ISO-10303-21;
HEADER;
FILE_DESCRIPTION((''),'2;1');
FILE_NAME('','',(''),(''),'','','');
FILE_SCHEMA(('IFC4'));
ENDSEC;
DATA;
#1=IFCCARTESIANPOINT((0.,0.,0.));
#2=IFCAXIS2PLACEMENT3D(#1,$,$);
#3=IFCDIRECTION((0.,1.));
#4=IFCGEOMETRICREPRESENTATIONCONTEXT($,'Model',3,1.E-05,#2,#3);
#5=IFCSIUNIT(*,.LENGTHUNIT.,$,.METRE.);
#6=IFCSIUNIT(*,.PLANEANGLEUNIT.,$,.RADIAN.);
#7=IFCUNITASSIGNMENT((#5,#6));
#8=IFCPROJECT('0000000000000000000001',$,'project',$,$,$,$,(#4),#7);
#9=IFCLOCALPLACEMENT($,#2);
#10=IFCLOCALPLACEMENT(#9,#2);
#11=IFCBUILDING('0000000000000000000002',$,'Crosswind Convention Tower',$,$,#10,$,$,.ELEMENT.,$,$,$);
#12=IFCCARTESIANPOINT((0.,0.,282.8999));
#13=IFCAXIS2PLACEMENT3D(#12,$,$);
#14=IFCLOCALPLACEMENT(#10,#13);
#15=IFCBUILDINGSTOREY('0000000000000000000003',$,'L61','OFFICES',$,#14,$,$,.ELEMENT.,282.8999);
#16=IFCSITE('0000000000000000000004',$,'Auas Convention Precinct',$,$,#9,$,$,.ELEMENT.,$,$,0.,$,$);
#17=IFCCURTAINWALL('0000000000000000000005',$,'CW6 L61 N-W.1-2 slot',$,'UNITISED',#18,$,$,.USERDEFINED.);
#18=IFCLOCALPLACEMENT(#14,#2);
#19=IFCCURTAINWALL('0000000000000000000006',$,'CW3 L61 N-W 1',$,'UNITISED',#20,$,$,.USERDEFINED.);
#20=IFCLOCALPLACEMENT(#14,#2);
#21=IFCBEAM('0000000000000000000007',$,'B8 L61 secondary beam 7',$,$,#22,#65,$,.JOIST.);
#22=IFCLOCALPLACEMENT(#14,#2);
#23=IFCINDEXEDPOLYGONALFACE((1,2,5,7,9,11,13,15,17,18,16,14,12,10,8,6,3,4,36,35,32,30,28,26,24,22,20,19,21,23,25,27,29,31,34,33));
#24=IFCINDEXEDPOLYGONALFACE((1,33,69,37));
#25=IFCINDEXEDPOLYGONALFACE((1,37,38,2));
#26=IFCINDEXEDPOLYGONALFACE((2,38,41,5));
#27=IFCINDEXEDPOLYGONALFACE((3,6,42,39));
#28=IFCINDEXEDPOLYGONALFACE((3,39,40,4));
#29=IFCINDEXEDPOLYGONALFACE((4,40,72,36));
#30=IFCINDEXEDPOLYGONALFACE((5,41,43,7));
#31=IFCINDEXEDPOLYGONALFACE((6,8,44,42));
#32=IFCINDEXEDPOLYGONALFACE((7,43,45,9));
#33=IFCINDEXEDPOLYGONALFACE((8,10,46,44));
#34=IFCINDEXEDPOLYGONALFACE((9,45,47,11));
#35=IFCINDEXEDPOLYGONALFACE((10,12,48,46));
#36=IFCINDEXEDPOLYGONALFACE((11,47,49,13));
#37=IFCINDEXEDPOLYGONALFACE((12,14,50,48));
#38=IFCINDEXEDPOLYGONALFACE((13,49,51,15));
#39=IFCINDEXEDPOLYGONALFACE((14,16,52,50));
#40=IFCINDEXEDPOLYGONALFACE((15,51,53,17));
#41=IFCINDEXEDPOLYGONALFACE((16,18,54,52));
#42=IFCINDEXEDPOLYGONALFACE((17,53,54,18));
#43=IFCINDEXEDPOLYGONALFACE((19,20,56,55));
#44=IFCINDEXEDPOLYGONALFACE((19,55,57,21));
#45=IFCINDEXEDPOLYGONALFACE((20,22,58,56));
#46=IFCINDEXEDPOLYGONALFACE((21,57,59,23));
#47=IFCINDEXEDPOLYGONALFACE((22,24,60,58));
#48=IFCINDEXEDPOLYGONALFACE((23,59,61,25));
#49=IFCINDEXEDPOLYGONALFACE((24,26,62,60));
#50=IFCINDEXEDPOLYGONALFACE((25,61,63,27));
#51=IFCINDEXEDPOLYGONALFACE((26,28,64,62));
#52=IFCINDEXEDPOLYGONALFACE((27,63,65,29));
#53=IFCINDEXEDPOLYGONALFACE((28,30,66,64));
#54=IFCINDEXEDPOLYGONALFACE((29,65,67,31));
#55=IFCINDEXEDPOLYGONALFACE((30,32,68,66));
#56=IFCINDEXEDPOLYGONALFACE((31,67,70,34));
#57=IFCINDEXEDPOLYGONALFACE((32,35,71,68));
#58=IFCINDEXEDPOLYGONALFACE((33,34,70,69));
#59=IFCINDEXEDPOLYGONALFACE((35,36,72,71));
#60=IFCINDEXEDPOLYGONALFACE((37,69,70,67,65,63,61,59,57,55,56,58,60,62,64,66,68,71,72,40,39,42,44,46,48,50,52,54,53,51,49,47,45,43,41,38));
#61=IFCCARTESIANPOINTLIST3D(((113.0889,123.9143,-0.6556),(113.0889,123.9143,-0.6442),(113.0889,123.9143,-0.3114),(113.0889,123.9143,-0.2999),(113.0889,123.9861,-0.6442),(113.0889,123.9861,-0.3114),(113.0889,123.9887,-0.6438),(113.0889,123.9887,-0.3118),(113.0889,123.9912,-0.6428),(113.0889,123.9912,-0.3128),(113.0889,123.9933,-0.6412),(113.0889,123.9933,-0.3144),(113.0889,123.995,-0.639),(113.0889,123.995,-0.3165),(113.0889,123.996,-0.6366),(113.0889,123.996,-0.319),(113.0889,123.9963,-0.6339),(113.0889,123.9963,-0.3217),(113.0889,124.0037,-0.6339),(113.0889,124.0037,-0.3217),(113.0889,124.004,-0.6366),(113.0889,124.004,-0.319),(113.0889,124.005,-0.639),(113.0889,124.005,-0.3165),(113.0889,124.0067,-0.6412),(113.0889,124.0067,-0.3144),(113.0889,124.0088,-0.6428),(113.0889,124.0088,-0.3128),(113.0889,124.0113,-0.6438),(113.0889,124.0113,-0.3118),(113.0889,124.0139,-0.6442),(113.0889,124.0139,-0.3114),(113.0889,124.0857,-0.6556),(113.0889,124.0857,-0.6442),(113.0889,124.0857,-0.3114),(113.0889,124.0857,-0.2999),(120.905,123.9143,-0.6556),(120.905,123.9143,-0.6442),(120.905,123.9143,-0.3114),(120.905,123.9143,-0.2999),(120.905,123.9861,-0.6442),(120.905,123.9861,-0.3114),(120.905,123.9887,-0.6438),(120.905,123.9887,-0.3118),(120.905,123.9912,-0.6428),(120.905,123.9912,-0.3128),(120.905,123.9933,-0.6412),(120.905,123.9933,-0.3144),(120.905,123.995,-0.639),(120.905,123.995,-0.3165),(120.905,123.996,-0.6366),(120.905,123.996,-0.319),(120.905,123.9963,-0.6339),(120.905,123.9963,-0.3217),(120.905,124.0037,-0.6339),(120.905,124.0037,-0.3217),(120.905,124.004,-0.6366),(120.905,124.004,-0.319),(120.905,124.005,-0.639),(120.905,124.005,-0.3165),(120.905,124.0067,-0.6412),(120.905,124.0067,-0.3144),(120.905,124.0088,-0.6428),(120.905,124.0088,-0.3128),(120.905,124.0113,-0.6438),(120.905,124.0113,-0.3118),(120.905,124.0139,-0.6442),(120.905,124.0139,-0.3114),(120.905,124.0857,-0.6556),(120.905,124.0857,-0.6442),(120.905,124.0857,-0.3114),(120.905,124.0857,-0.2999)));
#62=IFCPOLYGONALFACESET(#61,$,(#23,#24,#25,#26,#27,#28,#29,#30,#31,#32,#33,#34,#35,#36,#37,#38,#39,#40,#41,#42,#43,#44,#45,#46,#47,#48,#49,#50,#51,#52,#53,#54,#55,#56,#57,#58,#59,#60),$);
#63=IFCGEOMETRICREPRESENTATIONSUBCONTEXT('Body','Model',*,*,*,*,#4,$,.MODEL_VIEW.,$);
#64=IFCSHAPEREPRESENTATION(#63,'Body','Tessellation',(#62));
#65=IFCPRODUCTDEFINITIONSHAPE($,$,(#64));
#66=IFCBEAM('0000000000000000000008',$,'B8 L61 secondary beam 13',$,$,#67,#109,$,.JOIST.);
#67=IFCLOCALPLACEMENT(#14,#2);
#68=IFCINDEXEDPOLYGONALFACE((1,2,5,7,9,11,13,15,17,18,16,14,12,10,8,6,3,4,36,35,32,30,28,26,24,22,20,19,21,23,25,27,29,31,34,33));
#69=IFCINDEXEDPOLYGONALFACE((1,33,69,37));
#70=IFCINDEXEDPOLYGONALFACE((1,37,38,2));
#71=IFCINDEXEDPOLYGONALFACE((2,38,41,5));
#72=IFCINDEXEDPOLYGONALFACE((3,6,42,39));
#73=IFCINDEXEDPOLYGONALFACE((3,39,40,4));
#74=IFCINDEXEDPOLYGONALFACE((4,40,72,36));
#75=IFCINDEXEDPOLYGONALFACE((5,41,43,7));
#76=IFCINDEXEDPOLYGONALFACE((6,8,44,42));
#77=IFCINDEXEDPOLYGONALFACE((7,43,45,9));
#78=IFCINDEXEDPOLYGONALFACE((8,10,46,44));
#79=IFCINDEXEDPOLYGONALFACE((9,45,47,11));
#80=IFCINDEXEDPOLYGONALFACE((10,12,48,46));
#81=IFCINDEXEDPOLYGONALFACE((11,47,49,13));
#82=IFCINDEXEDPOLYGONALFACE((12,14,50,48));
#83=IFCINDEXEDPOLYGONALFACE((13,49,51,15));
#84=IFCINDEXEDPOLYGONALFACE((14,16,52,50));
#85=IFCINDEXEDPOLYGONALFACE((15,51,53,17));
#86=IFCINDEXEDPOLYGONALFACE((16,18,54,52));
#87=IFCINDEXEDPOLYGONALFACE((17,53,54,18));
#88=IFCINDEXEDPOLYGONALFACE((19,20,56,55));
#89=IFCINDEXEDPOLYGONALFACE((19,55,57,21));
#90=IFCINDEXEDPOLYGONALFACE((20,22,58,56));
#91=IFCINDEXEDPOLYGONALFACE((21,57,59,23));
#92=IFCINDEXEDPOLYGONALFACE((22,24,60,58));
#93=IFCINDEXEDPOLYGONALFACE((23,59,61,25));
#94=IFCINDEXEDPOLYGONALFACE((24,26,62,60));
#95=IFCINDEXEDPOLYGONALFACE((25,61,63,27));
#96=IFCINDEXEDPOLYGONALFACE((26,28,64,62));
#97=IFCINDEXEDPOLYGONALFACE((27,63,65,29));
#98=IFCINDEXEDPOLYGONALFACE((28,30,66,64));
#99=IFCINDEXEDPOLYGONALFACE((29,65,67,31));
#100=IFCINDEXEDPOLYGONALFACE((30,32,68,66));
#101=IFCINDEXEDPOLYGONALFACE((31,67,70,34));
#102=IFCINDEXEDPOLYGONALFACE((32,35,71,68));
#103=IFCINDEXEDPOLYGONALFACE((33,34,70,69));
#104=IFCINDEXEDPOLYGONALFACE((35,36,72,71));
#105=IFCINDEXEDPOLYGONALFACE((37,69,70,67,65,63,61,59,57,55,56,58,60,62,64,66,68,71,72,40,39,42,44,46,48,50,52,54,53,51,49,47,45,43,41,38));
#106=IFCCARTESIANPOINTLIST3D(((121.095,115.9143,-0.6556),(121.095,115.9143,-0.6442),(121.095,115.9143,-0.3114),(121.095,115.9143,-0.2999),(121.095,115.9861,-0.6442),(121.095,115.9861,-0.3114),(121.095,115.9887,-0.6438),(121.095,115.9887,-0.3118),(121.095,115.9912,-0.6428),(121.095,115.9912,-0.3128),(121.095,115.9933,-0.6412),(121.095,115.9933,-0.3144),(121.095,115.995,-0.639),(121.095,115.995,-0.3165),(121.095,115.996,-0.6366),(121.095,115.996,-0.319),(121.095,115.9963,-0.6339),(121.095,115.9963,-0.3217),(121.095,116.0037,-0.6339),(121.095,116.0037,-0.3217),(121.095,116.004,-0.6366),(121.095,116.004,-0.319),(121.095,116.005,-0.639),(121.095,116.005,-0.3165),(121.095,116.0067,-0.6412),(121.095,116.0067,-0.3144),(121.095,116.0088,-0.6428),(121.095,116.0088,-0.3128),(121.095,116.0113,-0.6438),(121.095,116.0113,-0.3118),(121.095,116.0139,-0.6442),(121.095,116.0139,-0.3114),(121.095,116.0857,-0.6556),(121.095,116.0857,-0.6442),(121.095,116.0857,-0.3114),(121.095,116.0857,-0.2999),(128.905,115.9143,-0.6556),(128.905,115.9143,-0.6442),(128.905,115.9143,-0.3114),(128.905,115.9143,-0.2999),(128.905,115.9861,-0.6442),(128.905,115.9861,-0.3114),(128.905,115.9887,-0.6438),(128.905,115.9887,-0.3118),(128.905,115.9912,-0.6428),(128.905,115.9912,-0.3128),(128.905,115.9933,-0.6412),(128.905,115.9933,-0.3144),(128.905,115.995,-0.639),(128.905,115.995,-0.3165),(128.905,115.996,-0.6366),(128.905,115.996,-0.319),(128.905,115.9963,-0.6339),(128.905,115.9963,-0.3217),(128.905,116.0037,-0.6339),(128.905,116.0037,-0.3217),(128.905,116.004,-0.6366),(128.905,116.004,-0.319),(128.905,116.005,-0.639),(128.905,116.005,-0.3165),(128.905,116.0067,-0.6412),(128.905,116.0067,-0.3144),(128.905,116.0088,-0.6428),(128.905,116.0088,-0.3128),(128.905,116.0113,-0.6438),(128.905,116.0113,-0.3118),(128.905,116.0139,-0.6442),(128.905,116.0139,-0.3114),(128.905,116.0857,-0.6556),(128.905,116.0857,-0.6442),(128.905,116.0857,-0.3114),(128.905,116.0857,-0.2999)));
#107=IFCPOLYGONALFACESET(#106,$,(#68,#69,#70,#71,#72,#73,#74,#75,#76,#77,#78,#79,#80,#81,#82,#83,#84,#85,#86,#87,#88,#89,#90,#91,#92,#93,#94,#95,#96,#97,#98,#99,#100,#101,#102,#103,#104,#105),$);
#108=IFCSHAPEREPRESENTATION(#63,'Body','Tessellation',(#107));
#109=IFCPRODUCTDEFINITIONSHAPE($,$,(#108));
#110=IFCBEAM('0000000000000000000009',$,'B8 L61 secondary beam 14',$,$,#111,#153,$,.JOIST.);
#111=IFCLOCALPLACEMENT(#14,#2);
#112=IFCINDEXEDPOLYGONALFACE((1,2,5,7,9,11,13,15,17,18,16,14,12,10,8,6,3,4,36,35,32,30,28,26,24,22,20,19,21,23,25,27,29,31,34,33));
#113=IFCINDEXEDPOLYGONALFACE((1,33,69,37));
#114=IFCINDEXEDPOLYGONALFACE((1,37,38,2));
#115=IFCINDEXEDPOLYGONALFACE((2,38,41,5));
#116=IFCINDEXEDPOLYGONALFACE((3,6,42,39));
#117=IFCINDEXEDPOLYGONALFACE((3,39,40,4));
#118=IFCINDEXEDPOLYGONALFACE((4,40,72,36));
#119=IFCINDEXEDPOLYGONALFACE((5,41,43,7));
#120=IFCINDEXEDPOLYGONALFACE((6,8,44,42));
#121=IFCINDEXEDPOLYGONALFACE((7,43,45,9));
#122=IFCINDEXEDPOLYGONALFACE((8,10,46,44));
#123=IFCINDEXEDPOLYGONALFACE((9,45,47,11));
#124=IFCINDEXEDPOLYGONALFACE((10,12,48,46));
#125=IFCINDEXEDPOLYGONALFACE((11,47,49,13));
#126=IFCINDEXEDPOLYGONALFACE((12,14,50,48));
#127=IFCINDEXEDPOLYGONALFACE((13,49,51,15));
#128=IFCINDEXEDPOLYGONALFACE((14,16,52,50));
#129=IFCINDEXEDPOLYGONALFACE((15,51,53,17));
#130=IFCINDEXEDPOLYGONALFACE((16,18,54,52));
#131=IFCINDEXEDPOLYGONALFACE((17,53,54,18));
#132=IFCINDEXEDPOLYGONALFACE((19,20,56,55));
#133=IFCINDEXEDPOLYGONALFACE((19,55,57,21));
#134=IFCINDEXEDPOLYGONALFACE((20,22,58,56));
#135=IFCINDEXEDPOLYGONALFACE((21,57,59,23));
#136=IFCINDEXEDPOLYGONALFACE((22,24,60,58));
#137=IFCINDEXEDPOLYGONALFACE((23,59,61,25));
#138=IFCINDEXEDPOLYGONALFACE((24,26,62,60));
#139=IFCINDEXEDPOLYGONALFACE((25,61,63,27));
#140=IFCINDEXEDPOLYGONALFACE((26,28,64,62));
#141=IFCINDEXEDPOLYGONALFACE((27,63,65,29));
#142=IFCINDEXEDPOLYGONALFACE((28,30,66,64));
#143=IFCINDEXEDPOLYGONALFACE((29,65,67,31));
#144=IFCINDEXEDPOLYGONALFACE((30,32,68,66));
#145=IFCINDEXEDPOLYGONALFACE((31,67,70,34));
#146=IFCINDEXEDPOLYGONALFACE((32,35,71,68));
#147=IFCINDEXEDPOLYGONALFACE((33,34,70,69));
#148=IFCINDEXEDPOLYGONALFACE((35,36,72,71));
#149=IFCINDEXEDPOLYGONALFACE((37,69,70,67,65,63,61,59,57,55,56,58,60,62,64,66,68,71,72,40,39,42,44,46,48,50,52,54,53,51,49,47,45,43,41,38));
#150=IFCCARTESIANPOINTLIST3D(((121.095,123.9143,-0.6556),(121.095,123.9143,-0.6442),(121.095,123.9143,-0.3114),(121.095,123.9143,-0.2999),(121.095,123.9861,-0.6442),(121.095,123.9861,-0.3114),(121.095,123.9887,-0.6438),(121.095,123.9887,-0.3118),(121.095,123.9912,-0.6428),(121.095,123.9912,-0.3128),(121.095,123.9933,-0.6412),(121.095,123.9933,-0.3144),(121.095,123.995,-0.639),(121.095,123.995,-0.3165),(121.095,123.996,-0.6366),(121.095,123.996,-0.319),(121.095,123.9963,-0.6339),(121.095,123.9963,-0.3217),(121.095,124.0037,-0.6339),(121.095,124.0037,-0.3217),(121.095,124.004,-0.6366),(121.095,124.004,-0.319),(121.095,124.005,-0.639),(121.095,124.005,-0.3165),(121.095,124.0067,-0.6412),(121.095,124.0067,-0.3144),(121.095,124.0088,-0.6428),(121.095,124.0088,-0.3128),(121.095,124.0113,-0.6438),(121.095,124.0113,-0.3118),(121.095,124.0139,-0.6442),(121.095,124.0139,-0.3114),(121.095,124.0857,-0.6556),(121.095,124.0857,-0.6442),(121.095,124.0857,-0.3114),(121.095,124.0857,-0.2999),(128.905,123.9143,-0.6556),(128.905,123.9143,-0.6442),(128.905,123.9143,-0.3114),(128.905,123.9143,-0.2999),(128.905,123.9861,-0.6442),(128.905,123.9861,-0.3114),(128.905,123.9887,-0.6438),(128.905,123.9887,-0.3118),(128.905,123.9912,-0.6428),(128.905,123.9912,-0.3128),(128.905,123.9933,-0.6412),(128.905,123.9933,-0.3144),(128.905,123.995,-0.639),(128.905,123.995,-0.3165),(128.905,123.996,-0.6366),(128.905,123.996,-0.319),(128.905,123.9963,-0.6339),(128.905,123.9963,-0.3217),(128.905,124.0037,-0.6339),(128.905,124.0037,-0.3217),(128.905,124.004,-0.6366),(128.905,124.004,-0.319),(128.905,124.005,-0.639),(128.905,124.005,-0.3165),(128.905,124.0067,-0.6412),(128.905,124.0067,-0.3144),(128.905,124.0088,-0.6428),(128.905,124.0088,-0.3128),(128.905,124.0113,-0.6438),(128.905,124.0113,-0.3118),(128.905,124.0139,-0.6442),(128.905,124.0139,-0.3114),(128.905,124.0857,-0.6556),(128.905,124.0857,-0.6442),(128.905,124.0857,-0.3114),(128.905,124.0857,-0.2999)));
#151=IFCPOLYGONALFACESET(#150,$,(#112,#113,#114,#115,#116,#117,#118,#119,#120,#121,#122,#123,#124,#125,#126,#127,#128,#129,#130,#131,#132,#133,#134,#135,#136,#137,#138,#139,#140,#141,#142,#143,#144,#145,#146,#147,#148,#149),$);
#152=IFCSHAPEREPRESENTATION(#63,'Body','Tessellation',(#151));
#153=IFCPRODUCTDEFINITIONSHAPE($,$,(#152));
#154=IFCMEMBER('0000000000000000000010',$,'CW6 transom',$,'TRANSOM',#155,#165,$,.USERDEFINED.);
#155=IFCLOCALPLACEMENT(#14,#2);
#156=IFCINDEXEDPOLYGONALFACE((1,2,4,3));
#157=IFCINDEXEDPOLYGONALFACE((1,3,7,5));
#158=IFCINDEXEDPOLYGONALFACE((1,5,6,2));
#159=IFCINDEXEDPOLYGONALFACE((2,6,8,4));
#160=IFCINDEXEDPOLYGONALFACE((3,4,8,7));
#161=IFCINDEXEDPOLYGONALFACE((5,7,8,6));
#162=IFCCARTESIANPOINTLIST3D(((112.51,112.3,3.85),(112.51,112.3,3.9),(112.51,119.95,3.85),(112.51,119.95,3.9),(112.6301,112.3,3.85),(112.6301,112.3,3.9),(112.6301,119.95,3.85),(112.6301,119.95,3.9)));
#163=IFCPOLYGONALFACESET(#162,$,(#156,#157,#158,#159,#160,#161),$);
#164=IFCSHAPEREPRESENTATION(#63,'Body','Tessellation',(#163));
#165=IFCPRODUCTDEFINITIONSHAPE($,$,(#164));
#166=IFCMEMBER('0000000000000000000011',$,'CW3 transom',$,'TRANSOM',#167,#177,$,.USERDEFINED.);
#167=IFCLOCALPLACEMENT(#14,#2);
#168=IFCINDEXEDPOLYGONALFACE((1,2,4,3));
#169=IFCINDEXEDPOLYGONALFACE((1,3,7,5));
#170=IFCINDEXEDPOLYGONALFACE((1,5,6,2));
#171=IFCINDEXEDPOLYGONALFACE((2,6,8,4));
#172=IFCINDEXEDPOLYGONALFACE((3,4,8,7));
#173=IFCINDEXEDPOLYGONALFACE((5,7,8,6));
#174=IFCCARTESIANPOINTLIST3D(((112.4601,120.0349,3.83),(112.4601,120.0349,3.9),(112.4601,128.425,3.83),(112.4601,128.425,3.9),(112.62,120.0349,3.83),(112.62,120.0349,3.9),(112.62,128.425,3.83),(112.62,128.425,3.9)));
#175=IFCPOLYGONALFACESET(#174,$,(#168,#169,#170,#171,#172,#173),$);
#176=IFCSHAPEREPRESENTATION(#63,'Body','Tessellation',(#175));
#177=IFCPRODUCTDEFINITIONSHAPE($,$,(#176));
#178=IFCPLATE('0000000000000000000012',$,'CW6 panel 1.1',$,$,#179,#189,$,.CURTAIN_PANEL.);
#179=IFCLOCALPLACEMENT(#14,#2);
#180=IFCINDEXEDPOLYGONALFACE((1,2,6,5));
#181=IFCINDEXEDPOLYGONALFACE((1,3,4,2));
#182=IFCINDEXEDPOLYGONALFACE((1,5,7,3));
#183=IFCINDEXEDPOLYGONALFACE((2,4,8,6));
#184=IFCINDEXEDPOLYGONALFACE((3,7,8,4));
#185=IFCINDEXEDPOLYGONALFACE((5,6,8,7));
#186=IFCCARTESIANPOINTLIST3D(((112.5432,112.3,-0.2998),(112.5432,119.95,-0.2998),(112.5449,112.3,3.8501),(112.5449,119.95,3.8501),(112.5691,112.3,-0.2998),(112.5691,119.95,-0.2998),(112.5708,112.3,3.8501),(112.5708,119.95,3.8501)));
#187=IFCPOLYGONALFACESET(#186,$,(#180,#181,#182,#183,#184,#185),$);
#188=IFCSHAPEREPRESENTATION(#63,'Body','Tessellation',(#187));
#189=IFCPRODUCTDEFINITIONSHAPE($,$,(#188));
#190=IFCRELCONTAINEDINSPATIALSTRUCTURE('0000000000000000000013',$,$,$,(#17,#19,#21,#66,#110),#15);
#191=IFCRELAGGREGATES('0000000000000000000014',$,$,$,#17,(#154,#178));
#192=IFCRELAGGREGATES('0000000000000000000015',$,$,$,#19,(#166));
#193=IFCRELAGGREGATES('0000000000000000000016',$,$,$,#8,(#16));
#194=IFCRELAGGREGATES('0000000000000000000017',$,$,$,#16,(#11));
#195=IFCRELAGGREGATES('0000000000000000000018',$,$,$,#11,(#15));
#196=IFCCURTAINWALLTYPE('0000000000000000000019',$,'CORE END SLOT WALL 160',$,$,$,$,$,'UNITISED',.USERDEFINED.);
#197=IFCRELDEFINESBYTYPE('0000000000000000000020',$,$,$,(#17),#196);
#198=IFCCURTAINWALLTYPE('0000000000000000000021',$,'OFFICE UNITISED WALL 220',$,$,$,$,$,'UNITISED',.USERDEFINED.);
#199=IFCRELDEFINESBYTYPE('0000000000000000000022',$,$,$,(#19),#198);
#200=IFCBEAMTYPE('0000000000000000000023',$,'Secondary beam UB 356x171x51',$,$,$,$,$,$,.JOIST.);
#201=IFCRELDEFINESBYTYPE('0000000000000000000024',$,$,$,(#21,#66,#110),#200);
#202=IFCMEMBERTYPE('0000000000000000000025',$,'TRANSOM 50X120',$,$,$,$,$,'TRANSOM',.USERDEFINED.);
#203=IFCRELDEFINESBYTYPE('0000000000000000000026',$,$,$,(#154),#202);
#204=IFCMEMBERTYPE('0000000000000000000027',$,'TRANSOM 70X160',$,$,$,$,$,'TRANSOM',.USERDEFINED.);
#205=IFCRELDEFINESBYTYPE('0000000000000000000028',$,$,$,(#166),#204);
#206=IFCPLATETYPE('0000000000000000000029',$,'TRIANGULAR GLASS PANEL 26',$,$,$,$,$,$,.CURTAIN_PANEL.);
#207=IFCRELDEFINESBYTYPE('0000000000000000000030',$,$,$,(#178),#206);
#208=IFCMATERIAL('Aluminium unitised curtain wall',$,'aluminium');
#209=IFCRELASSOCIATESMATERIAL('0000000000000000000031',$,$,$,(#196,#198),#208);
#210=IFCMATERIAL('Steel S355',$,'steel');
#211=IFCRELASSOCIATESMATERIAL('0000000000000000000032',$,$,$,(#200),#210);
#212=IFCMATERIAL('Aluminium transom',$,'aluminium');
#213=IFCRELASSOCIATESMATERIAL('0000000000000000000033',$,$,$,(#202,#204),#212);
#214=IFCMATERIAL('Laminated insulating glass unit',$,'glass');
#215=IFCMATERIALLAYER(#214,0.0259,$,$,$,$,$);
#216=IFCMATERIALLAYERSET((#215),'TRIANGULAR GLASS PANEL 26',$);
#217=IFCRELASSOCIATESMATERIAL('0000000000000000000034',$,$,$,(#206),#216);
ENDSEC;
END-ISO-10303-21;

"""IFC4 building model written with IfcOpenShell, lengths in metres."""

from ifc_helpers import new_model, si_unit, direction, frame, origin, origin_2d, place, context, subcontext, project, spatial, polyline, rectangle, i_section, outline, extrude, material, layer, layer_set, material_profile, profile_set, type_object, element, aggregate, save


model = new_model("IFC4")

# Units and contexts
model_context = context("Model", 3, precision=1e-05, world=origin(), true_north=direction((0.0, 1.0)))
body_context = subcontext(model_context, "Body", "Model", "MODEL_VIEW")
ifc_project = project(units=[si_unit("LENGTHUNIT", "METRE"), si_unit("PLANEANGLEUNIT", "RADIAN")], contexts=[model_context])

# Site, building, storey
site_placement = place(None, origin())
site = spatial("IfcSite", under=ifc_project, at=site_placement, Name="Auas Convention Precinct", CompositionType="ELEMENT", RefElevation=0.0)
building_placement = place(site_placement, origin())
building = spatial("IfcBuilding", under=site, at=building_placement, Name="Crosswind Convention Tower", CompositionType="ELEMENT")
storey_placement = place(building_placement, frame((0.0, 0.0, 282.8999)))
storey = spatial("IfcBuildingStorey", under=building, at=storey_placement, Name="L61", Description="OFFICES", CompositionType="ELEMENT", Elevation=282.8999)

# Shared definitions
ifc_material_1 = material(Name="Steel S355", Category="steel")

# Curtain wall
ifc_material_2 = material(Name="Aluminium unitised curtain wall", Category="aluminium")
curtain_wall_type_1 = type_object("IfcCurtainWallType", Name="CORE END SLOT WALL 160", ElementType="UNITISED", PredefinedType="USERDEFINED", material=ifc_material_2)
curtain_wall_1_placement = place(storey_placement, origin())
curtain_wall_1 = element("IfcCurtainWall", 1, at=curtain_wall_1_placement, inside=storey, type_object=curtain_wall_type_1, Name="CW6 L61 N-W.1-2 slot", ObjectType="UNITISED", PredefinedType="USERDEFINED")
curtain_wall_type_2 = type_object("IfcCurtainWallType", Name="OFFICE UNITISED WALL 220", ElementType="UNITISED", PredefinedType="USERDEFINED", material=ifc_material_2)

# Curtain wall
curtain_wall_2_placement = place(storey_placement, origin())
curtain_wall_2 = element("IfcCurtainWall", 2, at=curtain_wall_2_placement, inside=storey, type_object=curtain_wall_type_2, Name="CW3 L61 N-W 1", ObjectType="UNITISED", PredefinedType="USERDEFINED")

# Beams
ifc_material_profile_1 = material_profile(ifc_material_1, i_section(OverallWidth=0.1714, OverallDepth=0.3557, WebThickness=0.0073, FlangeThickness=0.0115, FilletRadius=0.0103, at=origin_2d()), Name="UB 356x171x51")
ifc_profile_set_1 = profile_set([ifc_material_profile_1], Name="Steel S355")
beam_type_1 = type_object("IfcBeamType", Name="Secondary beam UB 356x171x51", PredefinedType="JOIST", material=ifc_profile_set_1)
for number, where, z_axis, x_axis, name in (
    (3, (113.0889, 124.0, -0.4778), (1.0, 0.0, 0.0), (0.0, 1.0, 0.0), "B8 L61 secondary beam 7"),
):
    element("IfcBeam", number, at=place(storey_placement, frame(where, z_axis=z_axis, x_axis=x_axis)), inside=storey, type_object=beam_type_1, Name=name, PredefinedType="JOIST", context=body_context, shape_type="SweptSolid", body=[
        extrude(i_section(OverallWidth=0.1714, OverallDepth=0.3557, WebThickness=0.0073, FlangeThickness=0.0115, FilletRadius=0.0103, at=origin_2d()), origin(), (0.0, 0.0, 1.0), 7.8162),
    ])
for number, where, z_axis, x_axis, name in (
    (4, (121.095, 116.0, -0.4778), (1.0, 0.0, 0.0), (0.0, 1.0, 0.0), "B8 L61 secondary beam 13"),
    (5, (121.095, 124.0, -0.4778), (1.0, 0.0, 0.0), (0.0, 1.0, 0.0), "B8 L61 secondary beam 14"),
):
    element("IfcBeam", number, at=place(storey_placement, frame(where, z_axis=z_axis, x_axis=x_axis)), inside=storey, type_object=beam_type_1, Name=name, PredefinedType="JOIST", context=body_context, shape_type="SweptSolid", body=[
        extrude(i_section(OverallWidth=0.1714, OverallDepth=0.3557, WebThickness=0.0073, FlangeThickness=0.0115, FilletRadius=0.0103, at=origin_2d()), origin(), (0.0, 0.0, 1.0), 7.8101),
    ])

# Members
ifc_material_3 = material(Name="Aluminium transom", Category="aluminium")
ifc_material_profile_2 = material_profile(ifc_material_3, rectangle(XDim=0.1201, YDim=0.05, at=origin_2d()), Name="AL 120X50")
ifc_profile_set_2 = profile_set([ifc_material_profile_2], Name="Aluminium transom")
member_type_1 = type_object("IfcMemberType", Name="TRANSOM 50X120", ElementType="TRANSOM", PredefinedType="USERDEFINED", material=ifc_profile_set_2)
member_1_placement = place(storey_placement, frame((112.5701, 119.95, 3.875), z_axis=(0.0, -1.0, 0.0), x_axis=(1.0, 0.0, 0.0)))
member_1 = element("IfcMember", 6, at=member_1_placement, type_object=member_type_1, Name="CW6 transom", ObjectType="TRANSOM", PredefinedType="USERDEFINED", context=body_context, shape_type="SweptSolid", body=[
    extrude(rectangle(XDim=0.1201, YDim=0.05, at=origin_2d()), origin(), (0.0, 0.0, 1.0), 7.6499),
])
ifc_material_profile_3 = material_profile(ifc_material_3, rectangle(XDim=0.1599, YDim=0.0701, at=origin_2d()), Name="AL 160X70")
ifc_profile_set_3 = profile_set([ifc_material_profile_3], Name="Aluminium transom")
member_type_2 = type_object("IfcMemberType", Name="TRANSOM 70X160", ElementType="TRANSOM", PredefinedType="USERDEFINED", material=ifc_profile_set_3)
member_2_placement = place(storey_placement, frame((112.54, 128.425, 3.865), z_axis=(0.0, -1.0, 0.0), x_axis=(1.0, 0.0, 0.0)))
member_2 = element("IfcMember", 7, at=member_2_placement, type_object=member_type_2, Name="CW3 transom", ObjectType="TRANSOM", PredefinedType="USERDEFINED", context=body_context, shape_type="SweptSolid", body=[
    extrude(rectangle(XDim=0.1599, YDim=0.0701, at=origin_2d()), origin(), (0.0, 0.0, 1.0), 8.3901),
])

# Plate
ifc_material_4 = material(Name="Laminated insulating glass unit", Category="glass")
ifc_layer_1 = layer(ifc_material_4, 0.0259)
ifc_layer_set_1 = layer_set([ifc_layer_1], Name="TRIANGULAR GLASS PANEL 26")
plate_type_1 = type_object("IfcPlateType", Name="TRIANGULAR GLASS PANEL 26", PredefinedType="CURTAIN_PANEL", material=ifc_layer_set_1)
plate_1_placement = place(storey_placement, frame((112.5432, 119.95, -0.2998), z_axis=(-1.0, 0.0, 0.000412), x_axis=(0.0, -1.0, 0.0)))
plate_1 = element("IfcPlate", 8, at=plate_1_placement, type_object=plate_type_1, Name="CW6 panel 1.1", PredefinedType="CURTAIN_PANEL", context=body_context, shape_type="SweptSolid", body=[
    extrude(outline(polyline([(0.0, 0.0), (7.6499, 0.0), (7.6499, 4.1499), (0.0, 4.1499), (0.0, 0.0)])), origin(), (0.0, 0.0, -1.0), 0.0259),
])
aggregate(curtain_wall_1, [member_1, plate_1])

aggregate(curtain_wall_2, [member_2])

save(model, "model.ifc")
